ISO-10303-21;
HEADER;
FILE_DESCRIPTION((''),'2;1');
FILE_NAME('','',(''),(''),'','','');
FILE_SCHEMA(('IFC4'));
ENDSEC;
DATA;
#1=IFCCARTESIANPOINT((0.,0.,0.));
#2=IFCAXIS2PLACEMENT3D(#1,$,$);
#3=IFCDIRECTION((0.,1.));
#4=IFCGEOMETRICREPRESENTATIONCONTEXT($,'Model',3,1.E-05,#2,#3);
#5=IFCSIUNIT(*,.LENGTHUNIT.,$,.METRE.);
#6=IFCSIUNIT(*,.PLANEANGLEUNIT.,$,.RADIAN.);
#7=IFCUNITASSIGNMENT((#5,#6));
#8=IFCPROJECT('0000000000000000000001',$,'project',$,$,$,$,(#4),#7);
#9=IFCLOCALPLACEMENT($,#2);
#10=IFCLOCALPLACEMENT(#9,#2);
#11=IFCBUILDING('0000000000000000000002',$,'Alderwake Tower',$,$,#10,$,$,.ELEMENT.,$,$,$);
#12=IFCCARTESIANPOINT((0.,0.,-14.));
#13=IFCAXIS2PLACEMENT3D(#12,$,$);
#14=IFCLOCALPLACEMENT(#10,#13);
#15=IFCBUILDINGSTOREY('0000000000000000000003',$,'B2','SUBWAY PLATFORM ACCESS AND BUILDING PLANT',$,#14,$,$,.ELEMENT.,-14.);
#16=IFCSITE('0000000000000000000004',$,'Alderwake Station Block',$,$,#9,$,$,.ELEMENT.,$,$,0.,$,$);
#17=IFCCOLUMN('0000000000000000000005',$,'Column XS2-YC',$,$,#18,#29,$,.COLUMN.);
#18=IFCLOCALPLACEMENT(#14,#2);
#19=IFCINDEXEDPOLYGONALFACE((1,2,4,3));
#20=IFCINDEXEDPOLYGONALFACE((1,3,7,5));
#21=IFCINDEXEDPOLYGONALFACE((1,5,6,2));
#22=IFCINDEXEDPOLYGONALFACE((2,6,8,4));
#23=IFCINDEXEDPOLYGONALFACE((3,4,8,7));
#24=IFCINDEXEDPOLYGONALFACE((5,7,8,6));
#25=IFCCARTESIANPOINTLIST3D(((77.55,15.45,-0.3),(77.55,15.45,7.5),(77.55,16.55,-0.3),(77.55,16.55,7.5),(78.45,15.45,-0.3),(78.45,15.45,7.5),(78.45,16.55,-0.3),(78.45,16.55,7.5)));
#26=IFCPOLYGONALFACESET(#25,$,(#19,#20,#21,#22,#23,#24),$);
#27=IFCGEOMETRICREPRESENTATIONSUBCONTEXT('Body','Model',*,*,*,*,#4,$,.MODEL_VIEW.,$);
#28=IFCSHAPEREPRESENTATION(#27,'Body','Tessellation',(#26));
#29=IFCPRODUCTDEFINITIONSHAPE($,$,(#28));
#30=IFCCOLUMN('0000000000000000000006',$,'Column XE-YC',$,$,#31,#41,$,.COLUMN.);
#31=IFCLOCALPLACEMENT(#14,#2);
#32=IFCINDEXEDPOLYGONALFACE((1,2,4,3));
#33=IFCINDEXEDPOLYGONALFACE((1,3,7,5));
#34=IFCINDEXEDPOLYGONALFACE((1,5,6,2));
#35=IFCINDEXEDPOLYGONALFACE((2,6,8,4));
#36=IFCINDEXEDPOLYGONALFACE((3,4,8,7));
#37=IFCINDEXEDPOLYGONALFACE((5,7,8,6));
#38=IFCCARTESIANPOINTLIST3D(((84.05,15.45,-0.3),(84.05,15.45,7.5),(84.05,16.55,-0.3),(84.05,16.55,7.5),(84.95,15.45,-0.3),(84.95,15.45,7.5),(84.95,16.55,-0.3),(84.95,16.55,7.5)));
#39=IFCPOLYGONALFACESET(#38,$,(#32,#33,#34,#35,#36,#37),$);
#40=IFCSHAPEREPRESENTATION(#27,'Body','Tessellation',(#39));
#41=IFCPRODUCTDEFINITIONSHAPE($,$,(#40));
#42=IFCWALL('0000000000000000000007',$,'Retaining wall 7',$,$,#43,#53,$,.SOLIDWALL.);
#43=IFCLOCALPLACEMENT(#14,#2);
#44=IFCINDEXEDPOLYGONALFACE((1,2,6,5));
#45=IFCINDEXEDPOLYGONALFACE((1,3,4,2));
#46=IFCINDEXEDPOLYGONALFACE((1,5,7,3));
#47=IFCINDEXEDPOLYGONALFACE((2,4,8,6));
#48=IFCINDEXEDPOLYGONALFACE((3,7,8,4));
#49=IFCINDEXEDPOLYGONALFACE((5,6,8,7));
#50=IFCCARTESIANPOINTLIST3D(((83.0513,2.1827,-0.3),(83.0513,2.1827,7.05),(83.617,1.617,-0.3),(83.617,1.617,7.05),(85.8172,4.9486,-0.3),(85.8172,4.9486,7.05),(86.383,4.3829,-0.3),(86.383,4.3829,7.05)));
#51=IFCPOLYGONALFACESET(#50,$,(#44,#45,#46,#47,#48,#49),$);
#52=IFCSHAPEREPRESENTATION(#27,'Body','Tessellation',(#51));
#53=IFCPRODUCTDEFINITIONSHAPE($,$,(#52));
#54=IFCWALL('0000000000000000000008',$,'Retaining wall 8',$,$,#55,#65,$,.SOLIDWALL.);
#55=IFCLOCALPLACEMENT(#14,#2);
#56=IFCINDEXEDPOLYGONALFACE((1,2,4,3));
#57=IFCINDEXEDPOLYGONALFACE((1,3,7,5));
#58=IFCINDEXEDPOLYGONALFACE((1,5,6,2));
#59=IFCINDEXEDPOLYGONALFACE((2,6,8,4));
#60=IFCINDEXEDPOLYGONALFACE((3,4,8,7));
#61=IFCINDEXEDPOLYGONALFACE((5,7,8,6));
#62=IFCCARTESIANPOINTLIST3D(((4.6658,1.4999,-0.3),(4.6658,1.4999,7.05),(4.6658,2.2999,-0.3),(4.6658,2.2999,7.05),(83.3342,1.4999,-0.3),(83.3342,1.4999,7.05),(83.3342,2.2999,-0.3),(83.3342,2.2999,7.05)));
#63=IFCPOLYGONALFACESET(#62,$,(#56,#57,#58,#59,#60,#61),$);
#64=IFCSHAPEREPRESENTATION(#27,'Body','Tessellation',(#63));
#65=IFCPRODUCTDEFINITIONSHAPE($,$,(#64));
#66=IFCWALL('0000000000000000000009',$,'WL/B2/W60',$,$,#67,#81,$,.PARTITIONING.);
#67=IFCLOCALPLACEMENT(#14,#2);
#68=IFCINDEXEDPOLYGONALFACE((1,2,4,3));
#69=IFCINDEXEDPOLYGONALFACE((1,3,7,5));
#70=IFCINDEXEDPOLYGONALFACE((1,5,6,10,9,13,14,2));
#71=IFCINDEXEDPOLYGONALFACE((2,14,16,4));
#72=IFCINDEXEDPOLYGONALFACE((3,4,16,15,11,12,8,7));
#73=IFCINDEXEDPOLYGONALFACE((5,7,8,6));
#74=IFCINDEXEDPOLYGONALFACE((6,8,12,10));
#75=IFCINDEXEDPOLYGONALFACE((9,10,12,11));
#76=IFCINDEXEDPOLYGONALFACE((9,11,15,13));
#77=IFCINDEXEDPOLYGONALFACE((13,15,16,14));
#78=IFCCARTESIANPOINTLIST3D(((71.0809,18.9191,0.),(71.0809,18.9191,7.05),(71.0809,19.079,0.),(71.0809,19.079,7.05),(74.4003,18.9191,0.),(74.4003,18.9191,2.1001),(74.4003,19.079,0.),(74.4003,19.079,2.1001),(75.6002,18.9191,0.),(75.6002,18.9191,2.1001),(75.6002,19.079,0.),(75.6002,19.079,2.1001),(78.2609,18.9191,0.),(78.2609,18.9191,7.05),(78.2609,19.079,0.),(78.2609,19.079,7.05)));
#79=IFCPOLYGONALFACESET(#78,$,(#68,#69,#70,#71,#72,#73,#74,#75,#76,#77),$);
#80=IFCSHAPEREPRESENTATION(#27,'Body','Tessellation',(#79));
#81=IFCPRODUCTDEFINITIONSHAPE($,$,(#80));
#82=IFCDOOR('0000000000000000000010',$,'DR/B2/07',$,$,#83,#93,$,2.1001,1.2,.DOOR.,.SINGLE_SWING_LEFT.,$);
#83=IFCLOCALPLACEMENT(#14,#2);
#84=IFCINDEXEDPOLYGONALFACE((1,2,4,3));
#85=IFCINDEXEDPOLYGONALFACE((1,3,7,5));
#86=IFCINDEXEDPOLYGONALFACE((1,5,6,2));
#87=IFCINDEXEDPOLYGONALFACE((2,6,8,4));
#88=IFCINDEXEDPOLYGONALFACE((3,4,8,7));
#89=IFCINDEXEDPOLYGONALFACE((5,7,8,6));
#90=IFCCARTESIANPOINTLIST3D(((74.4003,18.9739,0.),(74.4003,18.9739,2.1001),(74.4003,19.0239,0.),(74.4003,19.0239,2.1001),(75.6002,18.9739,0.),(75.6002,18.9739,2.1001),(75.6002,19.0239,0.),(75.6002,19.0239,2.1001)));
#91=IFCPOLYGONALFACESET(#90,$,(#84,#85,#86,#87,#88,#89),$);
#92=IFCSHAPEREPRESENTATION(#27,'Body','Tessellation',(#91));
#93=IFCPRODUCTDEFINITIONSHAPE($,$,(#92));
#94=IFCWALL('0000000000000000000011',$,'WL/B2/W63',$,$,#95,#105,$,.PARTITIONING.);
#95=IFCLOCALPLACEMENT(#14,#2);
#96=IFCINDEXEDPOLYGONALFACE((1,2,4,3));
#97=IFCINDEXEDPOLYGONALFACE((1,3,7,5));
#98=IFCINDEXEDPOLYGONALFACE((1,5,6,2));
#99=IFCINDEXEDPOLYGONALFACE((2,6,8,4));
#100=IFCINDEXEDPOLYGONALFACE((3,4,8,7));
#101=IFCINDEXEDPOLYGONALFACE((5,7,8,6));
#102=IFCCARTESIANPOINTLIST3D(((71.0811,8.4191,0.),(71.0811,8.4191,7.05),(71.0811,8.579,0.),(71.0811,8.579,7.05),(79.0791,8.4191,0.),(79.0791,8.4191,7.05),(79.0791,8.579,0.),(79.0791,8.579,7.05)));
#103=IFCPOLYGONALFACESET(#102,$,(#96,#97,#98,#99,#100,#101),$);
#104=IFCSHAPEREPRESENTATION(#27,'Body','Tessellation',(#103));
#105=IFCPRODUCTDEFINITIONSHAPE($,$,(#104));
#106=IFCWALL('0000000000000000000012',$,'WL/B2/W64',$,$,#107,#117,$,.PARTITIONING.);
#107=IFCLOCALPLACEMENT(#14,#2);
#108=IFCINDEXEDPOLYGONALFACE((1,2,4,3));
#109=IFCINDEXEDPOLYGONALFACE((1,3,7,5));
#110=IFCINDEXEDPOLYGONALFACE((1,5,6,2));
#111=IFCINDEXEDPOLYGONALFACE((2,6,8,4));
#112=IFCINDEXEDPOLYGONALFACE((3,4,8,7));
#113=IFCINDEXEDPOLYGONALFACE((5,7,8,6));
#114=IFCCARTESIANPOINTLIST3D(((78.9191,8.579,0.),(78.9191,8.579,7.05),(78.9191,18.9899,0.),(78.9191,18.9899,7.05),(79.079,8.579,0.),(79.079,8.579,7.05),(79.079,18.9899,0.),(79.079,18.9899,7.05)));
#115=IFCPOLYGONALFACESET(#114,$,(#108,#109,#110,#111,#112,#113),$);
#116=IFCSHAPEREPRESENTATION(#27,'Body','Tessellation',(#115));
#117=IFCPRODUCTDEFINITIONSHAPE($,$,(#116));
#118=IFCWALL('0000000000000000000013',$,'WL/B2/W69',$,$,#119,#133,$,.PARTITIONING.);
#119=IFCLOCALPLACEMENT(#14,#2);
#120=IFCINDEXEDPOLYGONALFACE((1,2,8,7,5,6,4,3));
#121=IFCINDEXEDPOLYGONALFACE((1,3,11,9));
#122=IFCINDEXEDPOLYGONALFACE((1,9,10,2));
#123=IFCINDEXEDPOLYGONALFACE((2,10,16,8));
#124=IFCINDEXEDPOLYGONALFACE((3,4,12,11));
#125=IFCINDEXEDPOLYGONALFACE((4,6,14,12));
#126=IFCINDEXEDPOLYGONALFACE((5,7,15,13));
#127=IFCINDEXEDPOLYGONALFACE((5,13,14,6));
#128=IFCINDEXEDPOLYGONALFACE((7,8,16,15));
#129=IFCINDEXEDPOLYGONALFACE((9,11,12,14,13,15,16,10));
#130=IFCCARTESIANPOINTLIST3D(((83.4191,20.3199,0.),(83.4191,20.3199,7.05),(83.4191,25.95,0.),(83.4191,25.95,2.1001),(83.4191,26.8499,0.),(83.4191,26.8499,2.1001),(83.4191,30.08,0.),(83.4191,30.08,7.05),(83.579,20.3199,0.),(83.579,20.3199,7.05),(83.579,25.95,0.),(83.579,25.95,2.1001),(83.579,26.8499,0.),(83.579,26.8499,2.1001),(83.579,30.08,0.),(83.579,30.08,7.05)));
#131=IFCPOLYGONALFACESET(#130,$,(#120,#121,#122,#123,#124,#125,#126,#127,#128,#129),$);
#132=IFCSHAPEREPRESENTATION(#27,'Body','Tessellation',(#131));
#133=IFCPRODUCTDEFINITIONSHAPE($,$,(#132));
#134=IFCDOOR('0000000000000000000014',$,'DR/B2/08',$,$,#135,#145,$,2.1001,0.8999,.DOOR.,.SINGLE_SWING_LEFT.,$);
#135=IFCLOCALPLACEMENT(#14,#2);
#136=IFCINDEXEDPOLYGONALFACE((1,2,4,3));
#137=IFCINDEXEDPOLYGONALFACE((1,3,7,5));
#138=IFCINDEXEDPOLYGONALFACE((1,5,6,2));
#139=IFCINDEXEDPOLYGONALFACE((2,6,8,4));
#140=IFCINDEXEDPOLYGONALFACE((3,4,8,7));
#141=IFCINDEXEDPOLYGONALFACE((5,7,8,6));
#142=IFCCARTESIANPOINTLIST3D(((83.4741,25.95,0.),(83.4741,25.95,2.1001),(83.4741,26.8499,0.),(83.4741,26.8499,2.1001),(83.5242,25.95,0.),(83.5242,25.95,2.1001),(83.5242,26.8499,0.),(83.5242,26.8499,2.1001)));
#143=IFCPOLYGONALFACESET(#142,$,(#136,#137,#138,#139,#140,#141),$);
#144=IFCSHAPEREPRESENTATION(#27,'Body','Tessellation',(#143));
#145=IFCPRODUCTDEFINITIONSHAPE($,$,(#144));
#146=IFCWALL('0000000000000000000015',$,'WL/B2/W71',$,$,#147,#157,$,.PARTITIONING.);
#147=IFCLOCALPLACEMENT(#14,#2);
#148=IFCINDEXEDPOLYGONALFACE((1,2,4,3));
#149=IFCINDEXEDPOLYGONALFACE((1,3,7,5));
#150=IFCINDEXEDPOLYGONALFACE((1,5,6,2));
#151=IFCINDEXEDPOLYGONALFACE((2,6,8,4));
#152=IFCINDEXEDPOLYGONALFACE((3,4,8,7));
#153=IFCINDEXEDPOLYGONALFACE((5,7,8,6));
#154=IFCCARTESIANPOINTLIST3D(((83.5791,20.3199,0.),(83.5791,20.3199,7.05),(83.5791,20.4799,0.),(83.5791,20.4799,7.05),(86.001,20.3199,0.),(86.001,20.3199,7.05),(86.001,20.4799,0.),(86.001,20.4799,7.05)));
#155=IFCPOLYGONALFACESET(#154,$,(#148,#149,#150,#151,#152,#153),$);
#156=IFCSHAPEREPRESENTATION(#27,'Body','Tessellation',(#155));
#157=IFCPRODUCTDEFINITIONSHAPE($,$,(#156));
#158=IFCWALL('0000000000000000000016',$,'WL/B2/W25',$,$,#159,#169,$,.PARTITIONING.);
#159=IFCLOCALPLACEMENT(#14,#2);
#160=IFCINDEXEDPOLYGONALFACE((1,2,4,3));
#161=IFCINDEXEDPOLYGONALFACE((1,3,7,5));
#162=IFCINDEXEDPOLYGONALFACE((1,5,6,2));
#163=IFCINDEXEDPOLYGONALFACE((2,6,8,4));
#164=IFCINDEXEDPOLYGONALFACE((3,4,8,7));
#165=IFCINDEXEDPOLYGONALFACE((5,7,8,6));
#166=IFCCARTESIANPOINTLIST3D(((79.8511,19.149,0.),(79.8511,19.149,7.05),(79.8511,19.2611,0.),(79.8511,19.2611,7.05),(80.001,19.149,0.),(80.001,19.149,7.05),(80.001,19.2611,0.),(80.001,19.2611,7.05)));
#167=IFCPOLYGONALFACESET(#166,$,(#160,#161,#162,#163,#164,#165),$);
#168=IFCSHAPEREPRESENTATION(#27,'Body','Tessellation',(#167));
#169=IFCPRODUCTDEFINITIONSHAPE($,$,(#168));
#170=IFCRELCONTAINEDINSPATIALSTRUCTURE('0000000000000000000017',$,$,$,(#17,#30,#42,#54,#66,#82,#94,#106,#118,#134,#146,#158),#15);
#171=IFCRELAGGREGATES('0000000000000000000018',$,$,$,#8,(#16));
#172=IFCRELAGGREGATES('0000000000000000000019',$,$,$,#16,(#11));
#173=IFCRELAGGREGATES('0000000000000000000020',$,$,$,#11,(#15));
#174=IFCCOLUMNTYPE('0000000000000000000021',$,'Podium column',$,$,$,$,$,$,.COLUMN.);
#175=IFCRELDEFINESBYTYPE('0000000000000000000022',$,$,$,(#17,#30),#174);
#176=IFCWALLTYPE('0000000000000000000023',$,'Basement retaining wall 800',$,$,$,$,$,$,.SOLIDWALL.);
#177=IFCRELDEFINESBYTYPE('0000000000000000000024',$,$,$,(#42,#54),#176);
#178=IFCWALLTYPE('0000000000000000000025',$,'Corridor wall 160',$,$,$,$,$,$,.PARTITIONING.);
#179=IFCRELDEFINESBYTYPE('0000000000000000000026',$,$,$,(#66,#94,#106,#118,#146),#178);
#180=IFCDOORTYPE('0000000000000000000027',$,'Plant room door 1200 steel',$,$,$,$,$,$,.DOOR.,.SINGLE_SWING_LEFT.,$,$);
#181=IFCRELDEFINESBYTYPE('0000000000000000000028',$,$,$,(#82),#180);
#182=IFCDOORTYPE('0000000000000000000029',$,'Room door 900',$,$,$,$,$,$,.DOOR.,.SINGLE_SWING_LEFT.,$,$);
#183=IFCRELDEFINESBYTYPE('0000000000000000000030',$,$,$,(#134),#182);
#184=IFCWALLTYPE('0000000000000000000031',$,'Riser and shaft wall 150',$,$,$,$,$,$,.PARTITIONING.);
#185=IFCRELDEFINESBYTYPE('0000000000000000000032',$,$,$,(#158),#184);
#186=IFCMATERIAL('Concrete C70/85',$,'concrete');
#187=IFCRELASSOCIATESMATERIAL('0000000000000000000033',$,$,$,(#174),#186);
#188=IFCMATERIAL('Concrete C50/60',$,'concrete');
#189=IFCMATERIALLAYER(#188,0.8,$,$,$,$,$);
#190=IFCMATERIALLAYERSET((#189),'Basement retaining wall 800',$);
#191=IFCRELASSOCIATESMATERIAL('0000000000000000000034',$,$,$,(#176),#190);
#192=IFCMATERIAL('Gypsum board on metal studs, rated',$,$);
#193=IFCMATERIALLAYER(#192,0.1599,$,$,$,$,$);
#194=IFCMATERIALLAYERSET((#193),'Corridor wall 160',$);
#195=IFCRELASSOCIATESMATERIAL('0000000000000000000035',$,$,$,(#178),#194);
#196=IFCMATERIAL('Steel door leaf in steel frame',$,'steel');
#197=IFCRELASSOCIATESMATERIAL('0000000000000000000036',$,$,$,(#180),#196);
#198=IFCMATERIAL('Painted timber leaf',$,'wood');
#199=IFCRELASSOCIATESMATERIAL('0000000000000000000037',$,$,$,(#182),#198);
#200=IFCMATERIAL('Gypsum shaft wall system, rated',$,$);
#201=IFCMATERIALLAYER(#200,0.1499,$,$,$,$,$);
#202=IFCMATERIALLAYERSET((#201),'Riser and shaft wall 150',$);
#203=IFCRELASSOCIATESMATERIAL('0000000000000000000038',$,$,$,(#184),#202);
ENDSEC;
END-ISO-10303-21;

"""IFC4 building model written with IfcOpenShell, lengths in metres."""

from ifc_helpers import new_model, si_unit, direction, frame, frame_2d, origin, origin_2d, place, context, subcontext, project, spatial, rectangle, extrude, material, layer, layer_set, material_profile, profile_set, type_object, element, fill, save


model = new_model("IFC4")

# Units and contexts
model_context = context("Model", 3, precision=1e-05, world=origin(), true_north=direction((0.0, 1.0)))
body_context = subcontext(model_context, "Body", "Model", "MODEL_VIEW")
ifc_project = project(units=[si_unit("LENGTHUNIT", "METRE"), si_unit("PLANEANGLEUNIT", "RADIAN")], contexts=[model_context])

# Site, building, storey
site_placement = place(None, origin())
site = spatial("IfcSite", under=ifc_project, at=site_placement, Name="Alderwake Station Block", CompositionType="ELEMENT", RefElevation=0.0)
building_placement = place(site_placement, origin())
building = spatial("IfcBuilding", under=site, at=building_placement, Name="Alderwake Tower", CompositionType="ELEMENT")
storey_placement = place(building_placement, frame((0.0, 0.0, -14.0)))
storey = spatial("IfcBuildingStorey", under=building, at=storey_placement, Name="B2", Description="SUBWAY PLATFORM ACCESS AND BUILDING PLANT", CompositionType="ELEMENT", Elevation=-14.0)

# Columns
ifc_material_1 = material(Name="Concrete C70/85", Category="concrete")
ifc_material_profile_1 = material_profile(ifc_material_1, rectangle(XDim=0.8999, YDim=1.1001, at=origin_2d()), Name="RC 1100X900")
ifc_profile_set_1 = profile_set([ifc_material_profile_1], Name="Concrete C70/85")
column_type = type_object("IfcColumnType", Name="Podium column", PredefinedType="COLUMN", material=ifc_profile_set_1)
for number, where, z_axis, x_axis, name in (
    (1, (78.0, 16.0, -0.3), (0.0, 0.0, 1.0), (1.0, 0.0, 0.0), "Column XS2-YC"),
    (2, (84.5, 16.0, -0.3), (0.0, 0.0, 1.0), (1.0, 0.0, 0.0), "Column XE-YC"),
):
    element("IfcColumn", number, at=place(storey_placement, frame(where, z_axis=z_axis, x_axis=x_axis)), inside=storey, type_object=column_type, Name=name, PredefinedType="COLUMN", context=body_context, shape_type="SweptSolid", body=[
        extrude(rectangle(XDim=0.8999, YDim=1.1001, at=origin_2d()), origin(), (0.0, 0.0, 1.0), 7.8),
    ])

# Walls
ifc_material_2 = material(Name="Concrete C50/60", Category="concrete")
ifc_layer_1 = layer(ifc_material_2, 0.8)
ifc_layer_set_1 = layer_set([ifc_layer_1], Name="Basement retaining wall 800")
wall_type_1 = type_object("IfcWallType", Name="Basement retaining wall 800", PredefinedType="SOLIDWALL", material=ifc_layer_set_1)
wall_1_placement = place(storey_placement, frame((86.1001, 4.6658, -0.3), z_axis=(0.0, 0.0, 1.0), x_axis=(-0.707107, -0.707107, 0.0)))
element("IfcWall", 3, at=wall_1_placement, inside=storey, type_object=wall_type_1, Name="Retaining wall 7", PredefinedType="SOLIDWALL", context=body_context, shape_type="SweptSolid", body=[
    extrude(rectangle(XDim=3.9116, YDim=0.8, at=frame_2d((1.9558, 0.0))), origin(), (0.0, 0.0, 1.0), 7.3501),
])
wall_2_placement = place(storey_placement, frame((83.3342, 1.8999, -0.3), z_axis=(0.0, 0.0, 1.0), x_axis=(-1.0, 0.0, 0.0)))
element("IfcWall", 4, at=wall_2_placement, inside=storey, type_object=wall_type_1, Name="Retaining wall 8", PredefinedType="SOLIDWALL", context=body_context, shape_type="SweptSolid", body=[
    extrude(rectangle(XDim=78.6685, YDim=0.8, at=frame_2d((39.3342, 0.0))), origin(), (0.0, 0.0, 1.0), 7.3501),
])

# Wall, opening, door
ifc_material_3 = material(Name="Gypsum board on metal studs, rated")
ifc_layer_2 = layer(ifc_material_3, 0.1599)
ifc_layer_set_2 = layer_set([ifc_layer_2], Name="Corridor wall 160")
wall_type_2 = type_object("IfcWallType", Name="Corridor wall 160", PredefinedType="PARTITIONING", material=ifc_layer_set_2)
wall_3_placement = place(storey_placement, frame((71.0811, 18.999, 0.0), z_axis=(0.0, 0.0, 1.0), x_axis=(1.0, 0.0, 0.0)))
wall_3 = element("IfcWall", 5, at=wall_3_placement, inside=storey, type_object=wall_type_2, Name="WL/B2/W60", PredefinedType="PARTITIONING", context=body_context, shape_type="SweptSolid", body=[
    extrude(rectangle(XDim=7.1799, YDim=0.1599, at=frame_2d((3.5898, 0.0))), origin(), (0.0, 0.0, 1.0), 7.05),
])
opening_1_placement = place(wall_3_placement, frame((3.3191, 0.0, 0.0)))
opening_1 = element("IfcOpeningElement", 6, at=opening_1_placement, cuts=wall_3, PredefinedType="OPENING", context=body_context, shape_type="SweptSolid", body=[
    extrude(rectangle(XDim=1.2, YDim=2.1001, at=frame_2d((0.6001, 1.05))), frame((0.0, 0.0898, 0.0), z_axis=(0.0, -1.0, 0.0), x_axis=(1.0, 0.0, 0.0)), (0.0, 0.0, 1.0), 0.1799),
])
ifc_material_4 = material(Name="Steel door leaf in steel frame", Category="steel")
door_type_1 = type_object("IfcDoorType", Name="Plant room door 1200 steel", OperationType="SINGLE_SWING_LEFT", PredefinedType="DOOR", material=ifc_material_4)
door_1_placement = place(opening_1_placement, origin())
door_1 = element("IfcDoor", 7, at=door_1_placement, inside=storey, type_object=door_type_1, Name="DR/B2/07", OperationType="SINGLE_SWING_LEFT", OverallHeight=2.1001, OverallWidth=1.2, PredefinedType="DOOR", context=body_context, shape_type="SweptSolid", body=[
    extrude(rectangle(XDim=1.2, YDim=2.1001, at=frame_2d((0.6001, 1.05))), frame((0.0, 0.0249, 0.0), z_axis=(0.0, -1.0, 0.0), x_axis=(1.0, 0.0, 0.0)), (0.0, 0.0, 1.0), 0.05),
])
fill(opening_1, door_1)

# Walls
wall_4_placement = place(storey_placement, frame((79.0791, 8.499, 0.0), z_axis=(0.0, 0.0, 1.0), x_axis=(-1.0, 0.0, 0.0)))
element("IfcWall", 8, at=wall_4_placement, inside=storey, type_object=wall_type_2, Name="WL/B2/W63", PredefinedType="PARTITIONING", context=body_context, shape_type="SweptSolid", body=[
    extrude(rectangle(XDim=7.998, YDim=0.1599, at=frame_2d((3.999, 0.0))), origin(), (0.0, 0.0, 1.0), 7.05),
])
wall_5_placement = place(storey_placement, frame((78.999, 18.99, 0.0), z_axis=(0.0, 0.0, 1.0), x_axis=(0.0, -1.0, 0.0)))
element("IfcWall", 9, at=wall_5_placement, inside=storey, type_object=wall_type_2, Name="WL/B2/W64", PredefinedType="PARTITIONING", context=body_context, shape_type="SweptSolid", body=[
    extrude(rectangle(XDim=10.4109, YDim=0.1599, at=frame_2d((5.2056, 0.0))), origin(), (0.0, 0.0, 1.0), 7.05),
])

# Wall, opening, door
wall_6_placement = place(storey_placement, frame((83.499, 20.3201, 0.0), z_axis=(0.0, 0.0, 1.0), x_axis=(0.0, 1.0, 0.0)))
wall_6 = element("IfcWall", 10, at=wall_6_placement, inside=storey, type_object=wall_type_2, Name="WL/B2/W69", PredefinedType="PARTITIONING", context=body_context, shape_type="SweptSolid", body=[
    extrude(rectangle(XDim=9.76, YDim=0.1599, at=frame_2d((4.8799, 0.0))), origin(), (0.0, 0.0, 1.0), 7.05),
])
opening_2_placement = place(wall_6_placement, frame((5.6299, 0.0, 0.0)))
opening_2 = element("IfcOpeningElement", 11, at=opening_2_placement, cuts=wall_6, PredefinedType="OPENING", context=body_context, shape_type="SweptSolid", body=[
    extrude(rectangle(XDim=0.8999, YDim=2.1001, at=frame_2d((0.45, 1.05))), frame((0.0, 0.0898, 0.0), z_axis=(0.0, -1.0, 0.0), x_axis=(1.0, 0.0, 0.0)), (0.0, 0.0, 1.0), 0.1799),
])
ifc_material_5 = material(Name="Painted timber leaf", Category="wood")
door_type_2 = type_object("IfcDoorType", Name="Room door 900", OperationType="SINGLE_SWING_LEFT", PredefinedType="DOOR", material=ifc_material_5)
door_2_placement = place(opening_2_placement, origin())
door_2 = element("IfcDoor", 12, at=door_2_placement, inside=storey, type_object=door_type_2, Name="DR/B2/08", OperationType="SINGLE_SWING_LEFT", OverallHeight=2.1001, OverallWidth=0.8999, PredefinedType="DOOR", context=body_context, shape_type="SweptSolid", body=[
    extrude(rectangle(XDim=0.8999, YDim=2.1001, at=frame_2d((0.45, 1.05))), frame((0.0, 0.0249, 0.0), z_axis=(0.0, -1.0, 0.0), x_axis=(1.0, 0.0, 0.0)), (0.0, 0.0, 1.0), 0.05),
])
fill(opening_2, door_2)

# Walls
wall_7_placement = place(storey_placement, frame((86.001, 20.3999, 0.0), z_axis=(0.0, 0.0, 1.0), x_axis=(-1.0, 0.0, 0.0)))
element("IfcWall", 13, at=wall_7_placement, inside=storey, type_object=wall_type_2, Name="WL/B2/W71", PredefinedType="PARTITIONING", context=body_context, shape_type="SweptSolid", body=[
    extrude(rectangle(XDim=2.4219, YDim=0.1599, at=frame_2d((1.2109, 0.0))), origin(), (0.0, 0.0, 1.0), 7.05),
])
ifc_material_6 = material(Name="Gypsum shaft wall system, rated")
ifc_layer_3 = layer(ifc_material_6, 0.1499)
ifc_layer_set_3 = layer_set([ifc_layer_3], Name="Riser and shaft wall 150")
wall_type_3 = type_object("IfcWallType", Name="Riser and shaft wall 150", PredefinedType="PARTITIONING", material=ifc_layer_set_3)
wall_8_placement = place(storey_placement, frame((79.926, 19.1489, 0.0), z_axis=(0.0, 0.0, 1.0), x_axis=(0.0, 1.0, 0.0)))
element("IfcWall", 14, at=wall_8_placement, inside=storey, type_object=wall_type_3, Name="WL/B2/W25", PredefinedType="PARTITIONING", context=body_context, shape_type="SweptSolid", body=[
    extrude(rectangle(XDim=0.1121, YDim=0.1499, at=frame_2d((0.0562, 0.0))), origin(), (0.0, 0.0, 1.0), 7.05),
])

save(model, "model.ifc")
